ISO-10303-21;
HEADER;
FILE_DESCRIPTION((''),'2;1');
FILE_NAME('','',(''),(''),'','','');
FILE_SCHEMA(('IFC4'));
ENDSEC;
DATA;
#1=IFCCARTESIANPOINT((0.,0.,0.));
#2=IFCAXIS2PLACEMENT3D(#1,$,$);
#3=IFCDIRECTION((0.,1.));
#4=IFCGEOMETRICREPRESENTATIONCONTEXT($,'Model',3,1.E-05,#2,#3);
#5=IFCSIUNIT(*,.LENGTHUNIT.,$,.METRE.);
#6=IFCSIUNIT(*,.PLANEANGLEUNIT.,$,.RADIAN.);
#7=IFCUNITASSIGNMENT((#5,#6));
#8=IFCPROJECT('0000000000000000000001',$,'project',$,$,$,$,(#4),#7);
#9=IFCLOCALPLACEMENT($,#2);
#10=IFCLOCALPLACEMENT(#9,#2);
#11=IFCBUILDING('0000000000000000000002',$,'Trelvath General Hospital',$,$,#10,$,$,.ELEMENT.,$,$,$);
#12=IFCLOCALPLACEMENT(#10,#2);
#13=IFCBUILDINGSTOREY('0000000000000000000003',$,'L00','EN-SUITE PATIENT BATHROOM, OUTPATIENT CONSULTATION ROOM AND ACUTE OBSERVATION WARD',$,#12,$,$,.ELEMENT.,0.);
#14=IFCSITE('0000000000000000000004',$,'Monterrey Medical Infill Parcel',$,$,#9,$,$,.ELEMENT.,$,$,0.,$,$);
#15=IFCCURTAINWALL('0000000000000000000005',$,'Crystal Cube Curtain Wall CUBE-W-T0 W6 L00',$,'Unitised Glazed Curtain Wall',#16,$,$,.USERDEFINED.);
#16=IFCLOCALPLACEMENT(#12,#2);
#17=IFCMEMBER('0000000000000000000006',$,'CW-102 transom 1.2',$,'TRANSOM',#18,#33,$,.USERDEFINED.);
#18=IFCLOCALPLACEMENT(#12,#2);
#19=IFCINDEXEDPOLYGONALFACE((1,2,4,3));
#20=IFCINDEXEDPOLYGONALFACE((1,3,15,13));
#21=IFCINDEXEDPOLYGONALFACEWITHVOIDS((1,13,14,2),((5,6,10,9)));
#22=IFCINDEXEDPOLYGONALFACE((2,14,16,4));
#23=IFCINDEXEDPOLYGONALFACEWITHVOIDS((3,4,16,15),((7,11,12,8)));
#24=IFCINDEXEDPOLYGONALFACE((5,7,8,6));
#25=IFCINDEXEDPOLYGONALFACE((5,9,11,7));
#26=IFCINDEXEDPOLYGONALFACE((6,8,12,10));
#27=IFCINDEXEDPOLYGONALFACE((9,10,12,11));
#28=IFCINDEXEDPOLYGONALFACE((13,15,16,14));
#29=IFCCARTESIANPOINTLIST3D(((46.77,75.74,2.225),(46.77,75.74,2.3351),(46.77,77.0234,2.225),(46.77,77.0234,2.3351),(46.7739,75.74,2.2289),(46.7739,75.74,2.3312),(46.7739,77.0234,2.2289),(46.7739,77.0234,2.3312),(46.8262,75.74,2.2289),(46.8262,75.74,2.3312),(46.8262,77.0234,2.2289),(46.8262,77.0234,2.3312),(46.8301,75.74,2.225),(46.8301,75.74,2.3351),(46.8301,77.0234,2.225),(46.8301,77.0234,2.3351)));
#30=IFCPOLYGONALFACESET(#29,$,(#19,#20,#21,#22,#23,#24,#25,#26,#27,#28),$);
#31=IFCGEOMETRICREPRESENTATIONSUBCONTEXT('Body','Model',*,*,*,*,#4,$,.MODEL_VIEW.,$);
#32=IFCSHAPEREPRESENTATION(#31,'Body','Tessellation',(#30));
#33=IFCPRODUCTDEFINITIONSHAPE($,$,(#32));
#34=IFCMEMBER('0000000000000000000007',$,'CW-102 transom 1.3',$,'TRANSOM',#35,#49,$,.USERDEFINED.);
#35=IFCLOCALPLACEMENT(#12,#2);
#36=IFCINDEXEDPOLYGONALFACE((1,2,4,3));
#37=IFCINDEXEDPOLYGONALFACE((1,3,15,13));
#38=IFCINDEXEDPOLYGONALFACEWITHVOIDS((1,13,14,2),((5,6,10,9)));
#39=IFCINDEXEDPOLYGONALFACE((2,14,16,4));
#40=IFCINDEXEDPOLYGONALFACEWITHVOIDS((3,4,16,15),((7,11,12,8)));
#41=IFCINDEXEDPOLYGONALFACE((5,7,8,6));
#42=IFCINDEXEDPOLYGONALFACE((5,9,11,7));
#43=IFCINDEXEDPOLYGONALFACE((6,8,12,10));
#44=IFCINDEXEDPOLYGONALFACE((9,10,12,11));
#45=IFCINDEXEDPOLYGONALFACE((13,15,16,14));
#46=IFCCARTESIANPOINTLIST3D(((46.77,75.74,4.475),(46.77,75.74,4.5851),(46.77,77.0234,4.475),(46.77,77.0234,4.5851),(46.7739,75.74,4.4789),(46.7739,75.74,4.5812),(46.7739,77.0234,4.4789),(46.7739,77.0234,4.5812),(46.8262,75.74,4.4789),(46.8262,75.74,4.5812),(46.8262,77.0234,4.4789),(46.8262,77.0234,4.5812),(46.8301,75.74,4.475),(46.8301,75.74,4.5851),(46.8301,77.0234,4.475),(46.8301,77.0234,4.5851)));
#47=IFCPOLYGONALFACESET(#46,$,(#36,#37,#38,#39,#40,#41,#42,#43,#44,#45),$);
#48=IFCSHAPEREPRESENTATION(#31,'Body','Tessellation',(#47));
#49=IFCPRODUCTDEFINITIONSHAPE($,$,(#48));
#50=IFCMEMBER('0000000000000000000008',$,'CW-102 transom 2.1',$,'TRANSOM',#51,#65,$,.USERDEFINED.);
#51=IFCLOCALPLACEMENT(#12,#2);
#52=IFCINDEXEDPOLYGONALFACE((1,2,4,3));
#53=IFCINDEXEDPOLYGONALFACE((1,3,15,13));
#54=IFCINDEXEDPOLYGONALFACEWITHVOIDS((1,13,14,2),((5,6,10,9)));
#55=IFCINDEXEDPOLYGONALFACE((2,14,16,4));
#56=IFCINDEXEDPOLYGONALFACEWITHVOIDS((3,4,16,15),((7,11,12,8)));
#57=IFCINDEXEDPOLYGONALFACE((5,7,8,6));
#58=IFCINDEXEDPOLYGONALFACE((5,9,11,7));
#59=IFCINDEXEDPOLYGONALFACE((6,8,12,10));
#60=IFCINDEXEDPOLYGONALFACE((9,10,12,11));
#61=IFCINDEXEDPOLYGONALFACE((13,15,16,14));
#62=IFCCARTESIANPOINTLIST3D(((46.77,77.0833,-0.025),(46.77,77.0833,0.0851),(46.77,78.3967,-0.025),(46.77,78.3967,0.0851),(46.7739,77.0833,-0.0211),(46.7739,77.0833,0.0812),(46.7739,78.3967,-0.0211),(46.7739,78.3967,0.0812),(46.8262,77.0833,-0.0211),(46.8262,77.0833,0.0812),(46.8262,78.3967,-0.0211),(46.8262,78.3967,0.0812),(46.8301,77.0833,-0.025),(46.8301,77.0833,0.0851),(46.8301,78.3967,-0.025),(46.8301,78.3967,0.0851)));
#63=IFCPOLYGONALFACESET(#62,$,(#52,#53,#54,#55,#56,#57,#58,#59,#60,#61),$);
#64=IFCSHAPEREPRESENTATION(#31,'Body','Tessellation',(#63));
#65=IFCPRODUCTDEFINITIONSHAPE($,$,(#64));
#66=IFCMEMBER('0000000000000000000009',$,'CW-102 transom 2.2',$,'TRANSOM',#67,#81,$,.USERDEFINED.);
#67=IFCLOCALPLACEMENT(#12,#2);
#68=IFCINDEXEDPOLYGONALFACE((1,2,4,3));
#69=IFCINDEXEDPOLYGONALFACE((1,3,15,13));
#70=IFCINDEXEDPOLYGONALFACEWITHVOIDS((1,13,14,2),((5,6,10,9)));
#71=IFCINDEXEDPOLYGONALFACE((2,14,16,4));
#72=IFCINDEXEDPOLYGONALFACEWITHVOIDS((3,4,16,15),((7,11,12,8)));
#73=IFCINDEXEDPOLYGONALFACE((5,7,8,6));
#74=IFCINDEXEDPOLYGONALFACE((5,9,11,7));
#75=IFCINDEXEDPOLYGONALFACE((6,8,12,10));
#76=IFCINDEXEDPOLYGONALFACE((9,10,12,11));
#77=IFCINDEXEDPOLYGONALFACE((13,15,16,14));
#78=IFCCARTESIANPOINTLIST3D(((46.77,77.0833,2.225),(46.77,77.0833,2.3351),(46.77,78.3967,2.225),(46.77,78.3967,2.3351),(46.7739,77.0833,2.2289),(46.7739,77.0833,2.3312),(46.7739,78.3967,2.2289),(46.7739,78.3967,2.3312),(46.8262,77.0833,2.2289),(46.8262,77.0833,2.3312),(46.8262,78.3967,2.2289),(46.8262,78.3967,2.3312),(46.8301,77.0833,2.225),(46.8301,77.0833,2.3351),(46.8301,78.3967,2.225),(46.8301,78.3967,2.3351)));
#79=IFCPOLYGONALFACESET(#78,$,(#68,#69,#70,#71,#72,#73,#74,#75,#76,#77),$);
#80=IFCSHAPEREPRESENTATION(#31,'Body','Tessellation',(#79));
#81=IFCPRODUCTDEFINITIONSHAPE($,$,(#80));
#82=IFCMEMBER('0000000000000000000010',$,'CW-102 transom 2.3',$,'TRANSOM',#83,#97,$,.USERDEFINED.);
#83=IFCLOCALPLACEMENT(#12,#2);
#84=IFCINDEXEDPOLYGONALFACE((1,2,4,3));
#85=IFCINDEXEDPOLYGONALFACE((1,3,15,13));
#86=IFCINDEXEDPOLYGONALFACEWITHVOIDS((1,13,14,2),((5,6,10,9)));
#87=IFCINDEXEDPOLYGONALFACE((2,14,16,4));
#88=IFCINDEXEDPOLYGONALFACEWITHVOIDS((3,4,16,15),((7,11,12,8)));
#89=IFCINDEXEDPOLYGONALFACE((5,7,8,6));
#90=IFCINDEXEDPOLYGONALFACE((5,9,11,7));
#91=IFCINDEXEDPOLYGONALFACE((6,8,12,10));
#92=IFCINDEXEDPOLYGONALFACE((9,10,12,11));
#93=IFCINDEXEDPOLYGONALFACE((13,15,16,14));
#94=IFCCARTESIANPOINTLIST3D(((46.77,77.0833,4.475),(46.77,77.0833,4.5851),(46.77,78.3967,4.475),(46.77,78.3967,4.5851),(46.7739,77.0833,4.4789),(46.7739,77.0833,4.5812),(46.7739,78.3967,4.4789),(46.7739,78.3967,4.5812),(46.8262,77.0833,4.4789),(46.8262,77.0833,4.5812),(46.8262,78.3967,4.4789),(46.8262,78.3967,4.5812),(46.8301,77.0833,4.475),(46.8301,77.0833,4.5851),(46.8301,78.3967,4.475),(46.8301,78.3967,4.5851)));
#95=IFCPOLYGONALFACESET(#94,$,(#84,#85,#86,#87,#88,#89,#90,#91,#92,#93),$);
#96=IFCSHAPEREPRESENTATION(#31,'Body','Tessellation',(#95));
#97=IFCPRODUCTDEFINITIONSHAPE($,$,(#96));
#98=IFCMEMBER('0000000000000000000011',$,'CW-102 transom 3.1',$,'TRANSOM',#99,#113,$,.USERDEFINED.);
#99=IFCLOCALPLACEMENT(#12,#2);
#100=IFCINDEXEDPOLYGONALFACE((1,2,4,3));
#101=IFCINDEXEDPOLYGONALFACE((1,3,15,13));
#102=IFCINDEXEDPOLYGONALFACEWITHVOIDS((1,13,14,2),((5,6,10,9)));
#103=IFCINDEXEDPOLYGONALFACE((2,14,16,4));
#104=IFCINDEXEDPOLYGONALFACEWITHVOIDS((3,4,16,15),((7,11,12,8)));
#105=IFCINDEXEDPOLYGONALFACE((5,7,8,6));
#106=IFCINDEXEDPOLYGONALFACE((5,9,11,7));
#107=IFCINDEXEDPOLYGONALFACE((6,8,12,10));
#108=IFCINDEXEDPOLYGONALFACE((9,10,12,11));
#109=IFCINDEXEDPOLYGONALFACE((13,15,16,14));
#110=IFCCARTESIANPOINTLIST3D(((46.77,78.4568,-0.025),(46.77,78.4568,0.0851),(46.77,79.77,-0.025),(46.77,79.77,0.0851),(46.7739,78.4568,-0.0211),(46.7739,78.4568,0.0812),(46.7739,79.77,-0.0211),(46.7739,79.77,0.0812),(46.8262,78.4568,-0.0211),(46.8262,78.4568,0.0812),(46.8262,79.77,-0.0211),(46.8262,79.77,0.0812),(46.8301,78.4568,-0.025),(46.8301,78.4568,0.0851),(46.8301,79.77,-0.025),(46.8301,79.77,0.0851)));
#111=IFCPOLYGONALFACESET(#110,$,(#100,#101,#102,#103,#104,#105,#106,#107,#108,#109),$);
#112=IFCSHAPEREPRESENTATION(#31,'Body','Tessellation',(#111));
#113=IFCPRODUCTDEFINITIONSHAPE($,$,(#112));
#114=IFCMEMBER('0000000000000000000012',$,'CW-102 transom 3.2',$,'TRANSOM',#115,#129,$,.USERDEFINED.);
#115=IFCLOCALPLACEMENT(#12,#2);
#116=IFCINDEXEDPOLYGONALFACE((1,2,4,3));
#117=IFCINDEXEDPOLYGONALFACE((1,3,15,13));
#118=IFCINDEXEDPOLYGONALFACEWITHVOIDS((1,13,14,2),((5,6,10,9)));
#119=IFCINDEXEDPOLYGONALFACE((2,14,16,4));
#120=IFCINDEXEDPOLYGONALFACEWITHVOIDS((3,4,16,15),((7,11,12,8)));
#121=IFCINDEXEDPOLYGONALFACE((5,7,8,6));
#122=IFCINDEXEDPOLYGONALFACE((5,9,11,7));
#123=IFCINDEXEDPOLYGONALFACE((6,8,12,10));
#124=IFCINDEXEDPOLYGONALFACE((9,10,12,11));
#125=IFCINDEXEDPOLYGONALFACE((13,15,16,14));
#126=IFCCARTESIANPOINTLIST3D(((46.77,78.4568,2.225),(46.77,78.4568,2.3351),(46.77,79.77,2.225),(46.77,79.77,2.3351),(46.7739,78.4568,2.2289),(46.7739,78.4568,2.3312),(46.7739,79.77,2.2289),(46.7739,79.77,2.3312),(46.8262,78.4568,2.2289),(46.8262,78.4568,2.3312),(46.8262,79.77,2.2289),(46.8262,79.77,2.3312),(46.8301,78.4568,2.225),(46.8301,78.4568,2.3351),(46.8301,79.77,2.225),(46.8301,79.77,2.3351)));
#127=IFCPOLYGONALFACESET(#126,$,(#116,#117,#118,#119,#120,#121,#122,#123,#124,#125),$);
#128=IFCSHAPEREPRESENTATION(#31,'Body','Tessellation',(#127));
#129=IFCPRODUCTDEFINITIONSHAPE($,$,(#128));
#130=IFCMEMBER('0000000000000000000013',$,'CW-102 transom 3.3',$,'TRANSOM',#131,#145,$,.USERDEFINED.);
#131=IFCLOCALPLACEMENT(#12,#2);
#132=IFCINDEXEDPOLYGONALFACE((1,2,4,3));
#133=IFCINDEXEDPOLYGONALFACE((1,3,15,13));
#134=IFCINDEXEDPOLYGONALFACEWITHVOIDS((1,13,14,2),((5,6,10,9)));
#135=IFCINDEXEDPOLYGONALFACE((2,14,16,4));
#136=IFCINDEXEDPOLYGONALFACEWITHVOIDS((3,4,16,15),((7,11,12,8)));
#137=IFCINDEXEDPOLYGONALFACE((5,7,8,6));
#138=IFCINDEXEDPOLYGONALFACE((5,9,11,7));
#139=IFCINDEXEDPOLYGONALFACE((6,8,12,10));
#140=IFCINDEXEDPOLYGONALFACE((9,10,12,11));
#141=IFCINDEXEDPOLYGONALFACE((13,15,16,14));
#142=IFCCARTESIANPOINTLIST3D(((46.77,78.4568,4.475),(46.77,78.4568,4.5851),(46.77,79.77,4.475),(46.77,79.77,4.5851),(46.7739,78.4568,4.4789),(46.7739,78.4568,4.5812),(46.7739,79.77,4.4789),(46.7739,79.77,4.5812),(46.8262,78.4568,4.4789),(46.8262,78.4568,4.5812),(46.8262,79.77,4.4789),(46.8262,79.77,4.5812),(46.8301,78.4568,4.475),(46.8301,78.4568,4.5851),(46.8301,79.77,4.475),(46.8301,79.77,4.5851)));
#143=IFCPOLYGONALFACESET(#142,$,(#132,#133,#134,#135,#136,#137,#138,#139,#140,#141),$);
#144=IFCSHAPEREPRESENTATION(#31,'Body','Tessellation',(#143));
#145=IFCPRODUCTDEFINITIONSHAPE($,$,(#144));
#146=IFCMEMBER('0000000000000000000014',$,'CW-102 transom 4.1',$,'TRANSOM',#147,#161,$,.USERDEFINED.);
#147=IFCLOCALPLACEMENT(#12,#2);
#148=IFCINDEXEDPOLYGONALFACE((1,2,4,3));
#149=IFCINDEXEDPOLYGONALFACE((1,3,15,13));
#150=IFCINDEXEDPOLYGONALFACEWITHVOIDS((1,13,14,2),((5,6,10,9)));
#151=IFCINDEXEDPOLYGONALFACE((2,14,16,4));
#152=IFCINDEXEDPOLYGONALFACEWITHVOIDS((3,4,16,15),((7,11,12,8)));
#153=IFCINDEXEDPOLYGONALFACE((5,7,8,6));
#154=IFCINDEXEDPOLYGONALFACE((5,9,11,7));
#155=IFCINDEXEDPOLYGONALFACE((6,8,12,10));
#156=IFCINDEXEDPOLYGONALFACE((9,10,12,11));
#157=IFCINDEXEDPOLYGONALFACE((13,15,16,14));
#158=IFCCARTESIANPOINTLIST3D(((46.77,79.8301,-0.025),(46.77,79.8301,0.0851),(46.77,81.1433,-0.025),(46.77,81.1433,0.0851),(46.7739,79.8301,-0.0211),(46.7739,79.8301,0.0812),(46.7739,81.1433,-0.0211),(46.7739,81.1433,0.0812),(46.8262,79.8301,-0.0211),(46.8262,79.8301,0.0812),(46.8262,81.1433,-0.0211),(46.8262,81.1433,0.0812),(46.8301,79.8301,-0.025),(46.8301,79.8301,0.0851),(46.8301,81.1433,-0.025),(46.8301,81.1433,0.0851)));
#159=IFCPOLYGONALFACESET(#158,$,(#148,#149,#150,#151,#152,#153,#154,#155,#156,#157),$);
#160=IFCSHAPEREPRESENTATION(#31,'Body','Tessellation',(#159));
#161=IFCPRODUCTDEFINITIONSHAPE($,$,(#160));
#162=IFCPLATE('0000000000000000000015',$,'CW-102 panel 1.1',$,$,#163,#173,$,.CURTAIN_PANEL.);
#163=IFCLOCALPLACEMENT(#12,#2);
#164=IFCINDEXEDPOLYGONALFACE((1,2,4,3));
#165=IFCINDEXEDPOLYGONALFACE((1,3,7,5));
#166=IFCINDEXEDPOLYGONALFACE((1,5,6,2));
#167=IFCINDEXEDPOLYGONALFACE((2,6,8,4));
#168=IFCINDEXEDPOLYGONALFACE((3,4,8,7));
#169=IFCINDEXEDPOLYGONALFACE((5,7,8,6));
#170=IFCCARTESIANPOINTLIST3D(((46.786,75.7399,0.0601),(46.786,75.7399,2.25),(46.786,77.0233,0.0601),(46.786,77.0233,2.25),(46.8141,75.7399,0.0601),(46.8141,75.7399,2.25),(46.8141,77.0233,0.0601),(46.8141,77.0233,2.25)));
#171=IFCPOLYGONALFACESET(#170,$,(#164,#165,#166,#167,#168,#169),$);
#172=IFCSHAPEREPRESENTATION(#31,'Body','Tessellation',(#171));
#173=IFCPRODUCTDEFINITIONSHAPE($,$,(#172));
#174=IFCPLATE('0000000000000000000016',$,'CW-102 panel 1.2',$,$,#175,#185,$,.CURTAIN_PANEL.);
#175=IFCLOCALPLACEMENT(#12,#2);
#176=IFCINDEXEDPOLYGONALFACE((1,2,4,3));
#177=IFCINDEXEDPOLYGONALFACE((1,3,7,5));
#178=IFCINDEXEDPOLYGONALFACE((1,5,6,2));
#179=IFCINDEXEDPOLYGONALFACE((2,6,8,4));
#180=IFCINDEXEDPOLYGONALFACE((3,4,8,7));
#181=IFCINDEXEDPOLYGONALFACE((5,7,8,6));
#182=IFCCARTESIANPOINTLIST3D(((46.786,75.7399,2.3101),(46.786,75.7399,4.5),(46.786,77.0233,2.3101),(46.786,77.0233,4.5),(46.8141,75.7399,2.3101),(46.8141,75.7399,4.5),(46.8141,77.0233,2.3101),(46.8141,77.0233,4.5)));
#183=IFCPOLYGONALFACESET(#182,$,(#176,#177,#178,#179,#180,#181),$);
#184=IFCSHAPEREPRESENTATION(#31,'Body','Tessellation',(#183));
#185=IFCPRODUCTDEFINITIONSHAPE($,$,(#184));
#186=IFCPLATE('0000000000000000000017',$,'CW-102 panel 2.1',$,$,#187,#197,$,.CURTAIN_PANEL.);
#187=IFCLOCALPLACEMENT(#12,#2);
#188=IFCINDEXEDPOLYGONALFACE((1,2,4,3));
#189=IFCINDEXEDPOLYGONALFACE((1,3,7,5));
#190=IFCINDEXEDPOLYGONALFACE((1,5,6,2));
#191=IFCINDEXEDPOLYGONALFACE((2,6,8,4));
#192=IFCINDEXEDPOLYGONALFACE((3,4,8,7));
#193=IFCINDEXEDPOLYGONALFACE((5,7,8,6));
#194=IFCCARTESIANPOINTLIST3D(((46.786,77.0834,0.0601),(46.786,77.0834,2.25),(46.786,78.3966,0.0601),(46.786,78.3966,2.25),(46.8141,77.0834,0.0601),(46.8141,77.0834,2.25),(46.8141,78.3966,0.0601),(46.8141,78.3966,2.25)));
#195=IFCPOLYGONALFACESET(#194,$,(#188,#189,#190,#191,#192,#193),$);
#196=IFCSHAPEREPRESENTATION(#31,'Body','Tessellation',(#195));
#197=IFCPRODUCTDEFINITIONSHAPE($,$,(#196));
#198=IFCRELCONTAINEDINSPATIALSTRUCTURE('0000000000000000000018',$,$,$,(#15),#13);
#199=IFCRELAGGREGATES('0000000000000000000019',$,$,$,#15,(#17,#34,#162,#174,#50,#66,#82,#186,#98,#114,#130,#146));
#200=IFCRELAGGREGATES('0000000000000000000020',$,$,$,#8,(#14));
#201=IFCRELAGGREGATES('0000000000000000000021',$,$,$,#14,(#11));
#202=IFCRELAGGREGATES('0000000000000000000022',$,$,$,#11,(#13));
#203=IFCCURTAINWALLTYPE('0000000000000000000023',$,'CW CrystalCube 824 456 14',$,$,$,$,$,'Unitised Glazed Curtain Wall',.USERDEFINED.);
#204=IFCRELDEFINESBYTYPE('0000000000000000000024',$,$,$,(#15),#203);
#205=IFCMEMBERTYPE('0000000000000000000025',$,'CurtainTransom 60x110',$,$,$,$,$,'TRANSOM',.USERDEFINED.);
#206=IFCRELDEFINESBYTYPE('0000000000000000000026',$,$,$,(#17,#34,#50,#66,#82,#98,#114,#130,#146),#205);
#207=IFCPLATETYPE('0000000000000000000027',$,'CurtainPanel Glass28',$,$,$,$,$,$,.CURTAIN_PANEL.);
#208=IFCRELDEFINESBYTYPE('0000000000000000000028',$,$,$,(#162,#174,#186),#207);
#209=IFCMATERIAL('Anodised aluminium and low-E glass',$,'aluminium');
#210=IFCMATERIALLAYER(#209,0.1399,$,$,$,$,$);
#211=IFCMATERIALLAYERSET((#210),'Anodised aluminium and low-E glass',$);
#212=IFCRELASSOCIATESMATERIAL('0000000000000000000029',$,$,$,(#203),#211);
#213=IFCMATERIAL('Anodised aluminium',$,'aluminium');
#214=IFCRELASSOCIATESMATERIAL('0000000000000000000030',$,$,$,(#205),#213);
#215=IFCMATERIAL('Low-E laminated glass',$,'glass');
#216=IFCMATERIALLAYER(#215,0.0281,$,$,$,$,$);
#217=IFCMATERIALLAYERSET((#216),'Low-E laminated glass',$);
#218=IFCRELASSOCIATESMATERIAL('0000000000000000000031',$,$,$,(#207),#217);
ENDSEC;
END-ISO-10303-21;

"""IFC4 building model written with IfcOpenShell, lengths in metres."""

from ifc_helpers import new_model, si_unit, direction, frame, origin, origin_2d, place, context, subcontext, project, spatial, rectangle, hollow_rectangle, extrude, material, layer, layer_set, material_profile, profile_set, type_object, element, aggregate, save


model = new_model("IFC4")

# Units and contexts
model_context = context("Model", 3, precision=1e-05, world=origin(), true_north=direction((0.0, 1.0)))
body_context = subcontext(model_context, "Body", "Model", "MODEL_VIEW")
ifc_project = project(units=[si_unit("LENGTHUNIT", "METRE"), si_unit("PLANEANGLEUNIT", "RADIAN")], contexts=[model_context])

# Site, building, storey
site_placement = place(None, origin())
site = spatial("IfcSite", under=ifc_project, at=site_placement, Name="Monterrey Medical Infill Parcel", CompositionType="ELEMENT", RefElevation=0.0)
building_placement = place(site_placement, origin())
building = spatial("IfcBuilding", under=site, at=building_placement, Name="Trelvath General Hospital", CompositionType="ELEMENT")
storey_placement = place(building_placement, origin())
storey = spatial("IfcBuildingStorey", under=building, at=storey_placement, Name="L00", Description="EN-SUITE PATIENT BATHROOM, OUTPATIENT CONSULTATION ROOM AND ACUTE OBSERVATION WARD", CompositionType="ELEMENT", Elevation=0.0)

# Curtain wall, members, plates
ifc_material_1 = material(Name="Anodised aluminium and low-E glass", Category="aluminium")
ifc_layer_1 = layer(ifc_material_1, 0.1399)
ifc_layer_set_1 = layer_set([ifc_layer_1], Name="Anodised aluminium and low-E glass")
curtain_wall_type = type_object("IfcCurtainWallType", Name="CW CrystalCube 824 456 14", ElementType="Unitised Glazed Curtain Wall", PredefinedType="USERDEFINED", material=ifc_layer_set_1)
curtain_wall_placement = place(storey_placement, origin())
curtain_wall = element("IfcCurtainWall", 1, at=curtain_wall_placement, inside=storey, type_object=curtain_wall_type, Name="Crystal Cube Curtain Wall CUBE-W-T0 W6 L00", ObjectType="Unitised Glazed Curtain Wall", PredefinedType="USERDEFINED")
ifc_material_2 = material(Name="Anodised aluminium", Category="aluminium")
ifc_material_profile_1 = material_profile(ifc_material_2, hollow_rectangle(XDim=0.0601, YDim=0.1101, WallThickness=0.0039, at=origin_2d()), Name="RHS60x110x4")
ifc_profile_set_1 = profile_set([ifc_material_profile_1], Name="Anodised aluminium")
member_type_1 = type_object("IfcMemberType", Name="CurtainTransom 60x110", ElementType="TRANSOM", PredefinedType="USERDEFINED", material=ifc_profile_set_1)
member_1_placement = place(storey_placement, frame((46.8, 75.74, 2.28), z_axis=(0.0, 1.0, 0.0), x_axis=(-1.0, 0.0, 0.0)))
member_1 = element("IfcMember", 2, at=member_1_placement, type_object=member_type_1, Name="CW-102 transom 1.2", ObjectType="TRANSOM", PredefinedType="USERDEFINED", context=body_context, shape_type="SweptSolid", body=[
    extrude(hollow_rectangle(XDim=0.0601, YDim=0.1101, WallThickness=0.0039, at=origin_2d()), origin(), (0.0, 0.0, 1.0), 1.2834),
])
member_2_placement = place(storey_placement, frame((46.8, 75.74, 4.53), z_axis=(0.0, 1.0, 0.0), x_axis=(-1.0, 0.0, 0.0)))
member_2 = element("IfcMember", 3, at=member_2_placement, type_object=member_type_1, Name="CW-102 transom 1.3", ObjectType="TRANSOM", PredefinedType="USERDEFINED", context=body_context, shape_type="SweptSolid", body=[
    extrude(hollow_rectangle(XDim=0.0601, YDim=0.1101, WallThickness=0.0039, at=origin_2d()), origin(), (0.0, 0.0, 1.0), 1.2834),
])
member_3_placement = place(storey_placement, frame((46.8, 77.0833, 0.03), z_axis=(0.0, 1.0, 0.0), x_axis=(-1.0, 0.0, 0.0)))
member_3 = element("IfcMember", 4, at=member_3_placement, type_object=member_type_1, Name="CW-102 transom 2.1", ObjectType="TRANSOM", PredefinedType="USERDEFINED", context=body_context, shape_type="SweptSolid", body=[
    extrude(hollow_rectangle(XDim=0.0601, YDim=0.1101, WallThickness=0.0039, at=origin_2d()), origin(), (0.0, 0.0, 1.0), 1.3135),
])
member_4_placement = place(storey_placement, frame((46.8, 77.0833, 2.28), z_axis=(0.0, 1.0, 0.0), x_axis=(-1.0, 0.0, 0.0)))
member_4 = element("IfcMember", 5, at=member_4_placement, type_object=member_type_1, Name="CW-102 transom 2.2", ObjectType="TRANSOM", PredefinedType="USERDEFINED", context=body_context, shape_type="SweptSolid", body=[
    extrude(hollow_rectangle(XDim=0.0601, YDim=0.1101, WallThickness=0.0039, at=origin_2d()), origin(), (0.0, 0.0, 1.0), 1.3135),
])
member_5_placement = place(storey_placement, frame((46.8, 77.0833, 4.53), z_axis=(0.0, 1.0, 0.0), x_axis=(-1.0, 0.0, 0.0)))
member_5 = element("IfcMember", 6, at=member_5_placement, type_object=member_type_1, Name="CW-102 transom 2.3", ObjectType="TRANSOM", PredefinedType="USERDEFINED", context=body_context, shape_type="SweptSolid", body=[
    extrude(hollow_rectangle(XDim=0.0601, YDim=0.1101, WallThickness=0.0039, at=origin_2d()), origin(), (0.0, 0.0, 1.0), 1.3135),
])
member_6_placement = place(storey_placement, frame((46.8, 78.4568, 0.03), z_axis=(0.0, 1.0, 0.0), x_axis=(-1.0, 0.0, 0.0)))
member_6 = element("IfcMember", 7, at=member_6_placement, type_object=member_type_1, Name="CW-102 transom 3.1", ObjectType="TRANSOM", PredefinedType="USERDEFINED", context=body_context, shape_type="SweptSolid", body=[
    extrude(hollow_rectangle(XDim=0.0601, YDim=0.1101, WallThickness=0.0039, at=origin_2d()), origin(), (0.0, 0.0, 1.0), 1.3132),
])
member_7_placement = place(storey_placement, frame((46.8, 78.4568, 2.28), z_axis=(0.0, 1.0, 0.0), x_axis=(-1.0, 0.0, 0.0)))
member_7 = element("IfcMember", 8, at=member_7_placement, type_object=member_type_1, Name="CW-102 transom 3.2", ObjectType="TRANSOM", PredefinedType="USERDEFINED", context=body_context, shape_type="SweptSolid", body=[
    extrude(hollow_rectangle(XDim=0.0601, YDim=0.1101, WallThickness=0.0039, at=origin_2d()), origin(), (0.0, 0.0, 1.0), 1.3132),
])
member_8_placement = place(storey_placement, frame((46.8, 78.4568, 4.53), z_axis=(0.0, 1.0, 0.0), x_axis=(-1.0, 0.0, 0.0)))
member_8 = element("IfcMember", 9, at=member_8_placement, type_object=member_type_1, Name="CW-102 transom 3.3", ObjectType="TRANSOM", PredefinedType="USERDEFINED", context=body_context, shape_type="SweptSolid", body=[
    extrude(hollow_rectangle(XDim=0.0601, YDim=0.1101, WallThickness=0.0039, at=origin_2d()), origin(), (0.0, 0.0, 1.0), 1.3132),
])
member_9_placement = place(storey_placement, frame((46.8, 79.8301, 0.03), z_axis=(0.0, 1.0, 0.0), x_axis=(-1.0, 0.0, 0.0)))
member_9 = element("IfcMember", 10, at=member_9_placement, type_object=member_type_1, Name="CW-102 transom 4.1", ObjectType="TRANSOM", PredefinedType="USERDEFINED", context=body_context, shape_type="SweptSolid", body=[
    extrude(hollow_rectangle(XDim=0.0601, YDim=0.1101, WallThickness=0.0039, at=origin_2d()), origin(), (0.0, 0.0, 1.0), 1.3132),
])
ifc_material_3 = material(Name="Low-E laminated glass", Category="glass")
ifc_layer_2 = layer(ifc_material_3, 0.0281)
ifc_layer_set_2 = layer_set([ifc_layer_2], Name="Low-E laminated glass")
plate_type = type_object("IfcPlateType", Name="CurtainPanel Glass28", PredefinedType="CURTAIN_PANEL", material=ifc_layer_set_2)
plate_1_placement = place(storey_placement, frame((46.8, 76.3816, 0.0601), z_axis=(0.0, 0.0, 1.0), x_axis=(0.0, 1.0, 0.0)))
plate_1 = element("IfcPlate", 11, at=plate_1_placement, type_object=plate_type, Name="CW-102 panel 1.1", PredefinedType="CURTAIN_PANEL", context=body_context, shape_type="SweptSolid", body=[
    extrude(rectangle(XDim=1.2834, YDim=0.0281, at=origin_2d()), origin(), (0.0, 0.0, 1.0), 2.1899),
])
plate_2_placement = place(storey_placement, frame((46.8, 76.3816, 2.3101), z_axis=(0.0, 0.0, 1.0), x_axis=(0.0, 1.0, 0.0)))
plate_2 = element("IfcPlate", 12, at=plate_2_placement, type_object=plate_type, Name="CW-102 panel 1.2", PredefinedType="CURTAIN_PANEL", context=body_context, shape_type="SweptSolid", body=[
    extrude(rectangle(XDim=1.2834, YDim=0.0281, at=origin_2d()), origin(), (0.0, 0.0, 1.0), 2.1899),
])
plate_3_placement = place(storey_placement, frame((46.8, 77.74, 0.0601), z_axis=(0.0, 0.0, 1.0), x_axis=(0.0, 1.0, 0.0)))
plate_3 = element("IfcPlate", 13, at=plate_3_placement, type_object=plate_type, Name="CW-102 panel 2.1", PredefinedType="CURTAIN_PANEL", context=body_context, shape_type="SweptSolid", body=[
    extrude(rectangle(XDim=1.3132, YDim=0.0281, at=origin_2d()), origin(), (0.0, 0.0, 1.0), 2.1899),
])
aggregate(curtain_wall, [member_1, member_2, plate_1, plate_2, member_3, member_4, member_5, plate_3, member_6, member_7, member_8, member_9])

save(model, "model.ifc")
